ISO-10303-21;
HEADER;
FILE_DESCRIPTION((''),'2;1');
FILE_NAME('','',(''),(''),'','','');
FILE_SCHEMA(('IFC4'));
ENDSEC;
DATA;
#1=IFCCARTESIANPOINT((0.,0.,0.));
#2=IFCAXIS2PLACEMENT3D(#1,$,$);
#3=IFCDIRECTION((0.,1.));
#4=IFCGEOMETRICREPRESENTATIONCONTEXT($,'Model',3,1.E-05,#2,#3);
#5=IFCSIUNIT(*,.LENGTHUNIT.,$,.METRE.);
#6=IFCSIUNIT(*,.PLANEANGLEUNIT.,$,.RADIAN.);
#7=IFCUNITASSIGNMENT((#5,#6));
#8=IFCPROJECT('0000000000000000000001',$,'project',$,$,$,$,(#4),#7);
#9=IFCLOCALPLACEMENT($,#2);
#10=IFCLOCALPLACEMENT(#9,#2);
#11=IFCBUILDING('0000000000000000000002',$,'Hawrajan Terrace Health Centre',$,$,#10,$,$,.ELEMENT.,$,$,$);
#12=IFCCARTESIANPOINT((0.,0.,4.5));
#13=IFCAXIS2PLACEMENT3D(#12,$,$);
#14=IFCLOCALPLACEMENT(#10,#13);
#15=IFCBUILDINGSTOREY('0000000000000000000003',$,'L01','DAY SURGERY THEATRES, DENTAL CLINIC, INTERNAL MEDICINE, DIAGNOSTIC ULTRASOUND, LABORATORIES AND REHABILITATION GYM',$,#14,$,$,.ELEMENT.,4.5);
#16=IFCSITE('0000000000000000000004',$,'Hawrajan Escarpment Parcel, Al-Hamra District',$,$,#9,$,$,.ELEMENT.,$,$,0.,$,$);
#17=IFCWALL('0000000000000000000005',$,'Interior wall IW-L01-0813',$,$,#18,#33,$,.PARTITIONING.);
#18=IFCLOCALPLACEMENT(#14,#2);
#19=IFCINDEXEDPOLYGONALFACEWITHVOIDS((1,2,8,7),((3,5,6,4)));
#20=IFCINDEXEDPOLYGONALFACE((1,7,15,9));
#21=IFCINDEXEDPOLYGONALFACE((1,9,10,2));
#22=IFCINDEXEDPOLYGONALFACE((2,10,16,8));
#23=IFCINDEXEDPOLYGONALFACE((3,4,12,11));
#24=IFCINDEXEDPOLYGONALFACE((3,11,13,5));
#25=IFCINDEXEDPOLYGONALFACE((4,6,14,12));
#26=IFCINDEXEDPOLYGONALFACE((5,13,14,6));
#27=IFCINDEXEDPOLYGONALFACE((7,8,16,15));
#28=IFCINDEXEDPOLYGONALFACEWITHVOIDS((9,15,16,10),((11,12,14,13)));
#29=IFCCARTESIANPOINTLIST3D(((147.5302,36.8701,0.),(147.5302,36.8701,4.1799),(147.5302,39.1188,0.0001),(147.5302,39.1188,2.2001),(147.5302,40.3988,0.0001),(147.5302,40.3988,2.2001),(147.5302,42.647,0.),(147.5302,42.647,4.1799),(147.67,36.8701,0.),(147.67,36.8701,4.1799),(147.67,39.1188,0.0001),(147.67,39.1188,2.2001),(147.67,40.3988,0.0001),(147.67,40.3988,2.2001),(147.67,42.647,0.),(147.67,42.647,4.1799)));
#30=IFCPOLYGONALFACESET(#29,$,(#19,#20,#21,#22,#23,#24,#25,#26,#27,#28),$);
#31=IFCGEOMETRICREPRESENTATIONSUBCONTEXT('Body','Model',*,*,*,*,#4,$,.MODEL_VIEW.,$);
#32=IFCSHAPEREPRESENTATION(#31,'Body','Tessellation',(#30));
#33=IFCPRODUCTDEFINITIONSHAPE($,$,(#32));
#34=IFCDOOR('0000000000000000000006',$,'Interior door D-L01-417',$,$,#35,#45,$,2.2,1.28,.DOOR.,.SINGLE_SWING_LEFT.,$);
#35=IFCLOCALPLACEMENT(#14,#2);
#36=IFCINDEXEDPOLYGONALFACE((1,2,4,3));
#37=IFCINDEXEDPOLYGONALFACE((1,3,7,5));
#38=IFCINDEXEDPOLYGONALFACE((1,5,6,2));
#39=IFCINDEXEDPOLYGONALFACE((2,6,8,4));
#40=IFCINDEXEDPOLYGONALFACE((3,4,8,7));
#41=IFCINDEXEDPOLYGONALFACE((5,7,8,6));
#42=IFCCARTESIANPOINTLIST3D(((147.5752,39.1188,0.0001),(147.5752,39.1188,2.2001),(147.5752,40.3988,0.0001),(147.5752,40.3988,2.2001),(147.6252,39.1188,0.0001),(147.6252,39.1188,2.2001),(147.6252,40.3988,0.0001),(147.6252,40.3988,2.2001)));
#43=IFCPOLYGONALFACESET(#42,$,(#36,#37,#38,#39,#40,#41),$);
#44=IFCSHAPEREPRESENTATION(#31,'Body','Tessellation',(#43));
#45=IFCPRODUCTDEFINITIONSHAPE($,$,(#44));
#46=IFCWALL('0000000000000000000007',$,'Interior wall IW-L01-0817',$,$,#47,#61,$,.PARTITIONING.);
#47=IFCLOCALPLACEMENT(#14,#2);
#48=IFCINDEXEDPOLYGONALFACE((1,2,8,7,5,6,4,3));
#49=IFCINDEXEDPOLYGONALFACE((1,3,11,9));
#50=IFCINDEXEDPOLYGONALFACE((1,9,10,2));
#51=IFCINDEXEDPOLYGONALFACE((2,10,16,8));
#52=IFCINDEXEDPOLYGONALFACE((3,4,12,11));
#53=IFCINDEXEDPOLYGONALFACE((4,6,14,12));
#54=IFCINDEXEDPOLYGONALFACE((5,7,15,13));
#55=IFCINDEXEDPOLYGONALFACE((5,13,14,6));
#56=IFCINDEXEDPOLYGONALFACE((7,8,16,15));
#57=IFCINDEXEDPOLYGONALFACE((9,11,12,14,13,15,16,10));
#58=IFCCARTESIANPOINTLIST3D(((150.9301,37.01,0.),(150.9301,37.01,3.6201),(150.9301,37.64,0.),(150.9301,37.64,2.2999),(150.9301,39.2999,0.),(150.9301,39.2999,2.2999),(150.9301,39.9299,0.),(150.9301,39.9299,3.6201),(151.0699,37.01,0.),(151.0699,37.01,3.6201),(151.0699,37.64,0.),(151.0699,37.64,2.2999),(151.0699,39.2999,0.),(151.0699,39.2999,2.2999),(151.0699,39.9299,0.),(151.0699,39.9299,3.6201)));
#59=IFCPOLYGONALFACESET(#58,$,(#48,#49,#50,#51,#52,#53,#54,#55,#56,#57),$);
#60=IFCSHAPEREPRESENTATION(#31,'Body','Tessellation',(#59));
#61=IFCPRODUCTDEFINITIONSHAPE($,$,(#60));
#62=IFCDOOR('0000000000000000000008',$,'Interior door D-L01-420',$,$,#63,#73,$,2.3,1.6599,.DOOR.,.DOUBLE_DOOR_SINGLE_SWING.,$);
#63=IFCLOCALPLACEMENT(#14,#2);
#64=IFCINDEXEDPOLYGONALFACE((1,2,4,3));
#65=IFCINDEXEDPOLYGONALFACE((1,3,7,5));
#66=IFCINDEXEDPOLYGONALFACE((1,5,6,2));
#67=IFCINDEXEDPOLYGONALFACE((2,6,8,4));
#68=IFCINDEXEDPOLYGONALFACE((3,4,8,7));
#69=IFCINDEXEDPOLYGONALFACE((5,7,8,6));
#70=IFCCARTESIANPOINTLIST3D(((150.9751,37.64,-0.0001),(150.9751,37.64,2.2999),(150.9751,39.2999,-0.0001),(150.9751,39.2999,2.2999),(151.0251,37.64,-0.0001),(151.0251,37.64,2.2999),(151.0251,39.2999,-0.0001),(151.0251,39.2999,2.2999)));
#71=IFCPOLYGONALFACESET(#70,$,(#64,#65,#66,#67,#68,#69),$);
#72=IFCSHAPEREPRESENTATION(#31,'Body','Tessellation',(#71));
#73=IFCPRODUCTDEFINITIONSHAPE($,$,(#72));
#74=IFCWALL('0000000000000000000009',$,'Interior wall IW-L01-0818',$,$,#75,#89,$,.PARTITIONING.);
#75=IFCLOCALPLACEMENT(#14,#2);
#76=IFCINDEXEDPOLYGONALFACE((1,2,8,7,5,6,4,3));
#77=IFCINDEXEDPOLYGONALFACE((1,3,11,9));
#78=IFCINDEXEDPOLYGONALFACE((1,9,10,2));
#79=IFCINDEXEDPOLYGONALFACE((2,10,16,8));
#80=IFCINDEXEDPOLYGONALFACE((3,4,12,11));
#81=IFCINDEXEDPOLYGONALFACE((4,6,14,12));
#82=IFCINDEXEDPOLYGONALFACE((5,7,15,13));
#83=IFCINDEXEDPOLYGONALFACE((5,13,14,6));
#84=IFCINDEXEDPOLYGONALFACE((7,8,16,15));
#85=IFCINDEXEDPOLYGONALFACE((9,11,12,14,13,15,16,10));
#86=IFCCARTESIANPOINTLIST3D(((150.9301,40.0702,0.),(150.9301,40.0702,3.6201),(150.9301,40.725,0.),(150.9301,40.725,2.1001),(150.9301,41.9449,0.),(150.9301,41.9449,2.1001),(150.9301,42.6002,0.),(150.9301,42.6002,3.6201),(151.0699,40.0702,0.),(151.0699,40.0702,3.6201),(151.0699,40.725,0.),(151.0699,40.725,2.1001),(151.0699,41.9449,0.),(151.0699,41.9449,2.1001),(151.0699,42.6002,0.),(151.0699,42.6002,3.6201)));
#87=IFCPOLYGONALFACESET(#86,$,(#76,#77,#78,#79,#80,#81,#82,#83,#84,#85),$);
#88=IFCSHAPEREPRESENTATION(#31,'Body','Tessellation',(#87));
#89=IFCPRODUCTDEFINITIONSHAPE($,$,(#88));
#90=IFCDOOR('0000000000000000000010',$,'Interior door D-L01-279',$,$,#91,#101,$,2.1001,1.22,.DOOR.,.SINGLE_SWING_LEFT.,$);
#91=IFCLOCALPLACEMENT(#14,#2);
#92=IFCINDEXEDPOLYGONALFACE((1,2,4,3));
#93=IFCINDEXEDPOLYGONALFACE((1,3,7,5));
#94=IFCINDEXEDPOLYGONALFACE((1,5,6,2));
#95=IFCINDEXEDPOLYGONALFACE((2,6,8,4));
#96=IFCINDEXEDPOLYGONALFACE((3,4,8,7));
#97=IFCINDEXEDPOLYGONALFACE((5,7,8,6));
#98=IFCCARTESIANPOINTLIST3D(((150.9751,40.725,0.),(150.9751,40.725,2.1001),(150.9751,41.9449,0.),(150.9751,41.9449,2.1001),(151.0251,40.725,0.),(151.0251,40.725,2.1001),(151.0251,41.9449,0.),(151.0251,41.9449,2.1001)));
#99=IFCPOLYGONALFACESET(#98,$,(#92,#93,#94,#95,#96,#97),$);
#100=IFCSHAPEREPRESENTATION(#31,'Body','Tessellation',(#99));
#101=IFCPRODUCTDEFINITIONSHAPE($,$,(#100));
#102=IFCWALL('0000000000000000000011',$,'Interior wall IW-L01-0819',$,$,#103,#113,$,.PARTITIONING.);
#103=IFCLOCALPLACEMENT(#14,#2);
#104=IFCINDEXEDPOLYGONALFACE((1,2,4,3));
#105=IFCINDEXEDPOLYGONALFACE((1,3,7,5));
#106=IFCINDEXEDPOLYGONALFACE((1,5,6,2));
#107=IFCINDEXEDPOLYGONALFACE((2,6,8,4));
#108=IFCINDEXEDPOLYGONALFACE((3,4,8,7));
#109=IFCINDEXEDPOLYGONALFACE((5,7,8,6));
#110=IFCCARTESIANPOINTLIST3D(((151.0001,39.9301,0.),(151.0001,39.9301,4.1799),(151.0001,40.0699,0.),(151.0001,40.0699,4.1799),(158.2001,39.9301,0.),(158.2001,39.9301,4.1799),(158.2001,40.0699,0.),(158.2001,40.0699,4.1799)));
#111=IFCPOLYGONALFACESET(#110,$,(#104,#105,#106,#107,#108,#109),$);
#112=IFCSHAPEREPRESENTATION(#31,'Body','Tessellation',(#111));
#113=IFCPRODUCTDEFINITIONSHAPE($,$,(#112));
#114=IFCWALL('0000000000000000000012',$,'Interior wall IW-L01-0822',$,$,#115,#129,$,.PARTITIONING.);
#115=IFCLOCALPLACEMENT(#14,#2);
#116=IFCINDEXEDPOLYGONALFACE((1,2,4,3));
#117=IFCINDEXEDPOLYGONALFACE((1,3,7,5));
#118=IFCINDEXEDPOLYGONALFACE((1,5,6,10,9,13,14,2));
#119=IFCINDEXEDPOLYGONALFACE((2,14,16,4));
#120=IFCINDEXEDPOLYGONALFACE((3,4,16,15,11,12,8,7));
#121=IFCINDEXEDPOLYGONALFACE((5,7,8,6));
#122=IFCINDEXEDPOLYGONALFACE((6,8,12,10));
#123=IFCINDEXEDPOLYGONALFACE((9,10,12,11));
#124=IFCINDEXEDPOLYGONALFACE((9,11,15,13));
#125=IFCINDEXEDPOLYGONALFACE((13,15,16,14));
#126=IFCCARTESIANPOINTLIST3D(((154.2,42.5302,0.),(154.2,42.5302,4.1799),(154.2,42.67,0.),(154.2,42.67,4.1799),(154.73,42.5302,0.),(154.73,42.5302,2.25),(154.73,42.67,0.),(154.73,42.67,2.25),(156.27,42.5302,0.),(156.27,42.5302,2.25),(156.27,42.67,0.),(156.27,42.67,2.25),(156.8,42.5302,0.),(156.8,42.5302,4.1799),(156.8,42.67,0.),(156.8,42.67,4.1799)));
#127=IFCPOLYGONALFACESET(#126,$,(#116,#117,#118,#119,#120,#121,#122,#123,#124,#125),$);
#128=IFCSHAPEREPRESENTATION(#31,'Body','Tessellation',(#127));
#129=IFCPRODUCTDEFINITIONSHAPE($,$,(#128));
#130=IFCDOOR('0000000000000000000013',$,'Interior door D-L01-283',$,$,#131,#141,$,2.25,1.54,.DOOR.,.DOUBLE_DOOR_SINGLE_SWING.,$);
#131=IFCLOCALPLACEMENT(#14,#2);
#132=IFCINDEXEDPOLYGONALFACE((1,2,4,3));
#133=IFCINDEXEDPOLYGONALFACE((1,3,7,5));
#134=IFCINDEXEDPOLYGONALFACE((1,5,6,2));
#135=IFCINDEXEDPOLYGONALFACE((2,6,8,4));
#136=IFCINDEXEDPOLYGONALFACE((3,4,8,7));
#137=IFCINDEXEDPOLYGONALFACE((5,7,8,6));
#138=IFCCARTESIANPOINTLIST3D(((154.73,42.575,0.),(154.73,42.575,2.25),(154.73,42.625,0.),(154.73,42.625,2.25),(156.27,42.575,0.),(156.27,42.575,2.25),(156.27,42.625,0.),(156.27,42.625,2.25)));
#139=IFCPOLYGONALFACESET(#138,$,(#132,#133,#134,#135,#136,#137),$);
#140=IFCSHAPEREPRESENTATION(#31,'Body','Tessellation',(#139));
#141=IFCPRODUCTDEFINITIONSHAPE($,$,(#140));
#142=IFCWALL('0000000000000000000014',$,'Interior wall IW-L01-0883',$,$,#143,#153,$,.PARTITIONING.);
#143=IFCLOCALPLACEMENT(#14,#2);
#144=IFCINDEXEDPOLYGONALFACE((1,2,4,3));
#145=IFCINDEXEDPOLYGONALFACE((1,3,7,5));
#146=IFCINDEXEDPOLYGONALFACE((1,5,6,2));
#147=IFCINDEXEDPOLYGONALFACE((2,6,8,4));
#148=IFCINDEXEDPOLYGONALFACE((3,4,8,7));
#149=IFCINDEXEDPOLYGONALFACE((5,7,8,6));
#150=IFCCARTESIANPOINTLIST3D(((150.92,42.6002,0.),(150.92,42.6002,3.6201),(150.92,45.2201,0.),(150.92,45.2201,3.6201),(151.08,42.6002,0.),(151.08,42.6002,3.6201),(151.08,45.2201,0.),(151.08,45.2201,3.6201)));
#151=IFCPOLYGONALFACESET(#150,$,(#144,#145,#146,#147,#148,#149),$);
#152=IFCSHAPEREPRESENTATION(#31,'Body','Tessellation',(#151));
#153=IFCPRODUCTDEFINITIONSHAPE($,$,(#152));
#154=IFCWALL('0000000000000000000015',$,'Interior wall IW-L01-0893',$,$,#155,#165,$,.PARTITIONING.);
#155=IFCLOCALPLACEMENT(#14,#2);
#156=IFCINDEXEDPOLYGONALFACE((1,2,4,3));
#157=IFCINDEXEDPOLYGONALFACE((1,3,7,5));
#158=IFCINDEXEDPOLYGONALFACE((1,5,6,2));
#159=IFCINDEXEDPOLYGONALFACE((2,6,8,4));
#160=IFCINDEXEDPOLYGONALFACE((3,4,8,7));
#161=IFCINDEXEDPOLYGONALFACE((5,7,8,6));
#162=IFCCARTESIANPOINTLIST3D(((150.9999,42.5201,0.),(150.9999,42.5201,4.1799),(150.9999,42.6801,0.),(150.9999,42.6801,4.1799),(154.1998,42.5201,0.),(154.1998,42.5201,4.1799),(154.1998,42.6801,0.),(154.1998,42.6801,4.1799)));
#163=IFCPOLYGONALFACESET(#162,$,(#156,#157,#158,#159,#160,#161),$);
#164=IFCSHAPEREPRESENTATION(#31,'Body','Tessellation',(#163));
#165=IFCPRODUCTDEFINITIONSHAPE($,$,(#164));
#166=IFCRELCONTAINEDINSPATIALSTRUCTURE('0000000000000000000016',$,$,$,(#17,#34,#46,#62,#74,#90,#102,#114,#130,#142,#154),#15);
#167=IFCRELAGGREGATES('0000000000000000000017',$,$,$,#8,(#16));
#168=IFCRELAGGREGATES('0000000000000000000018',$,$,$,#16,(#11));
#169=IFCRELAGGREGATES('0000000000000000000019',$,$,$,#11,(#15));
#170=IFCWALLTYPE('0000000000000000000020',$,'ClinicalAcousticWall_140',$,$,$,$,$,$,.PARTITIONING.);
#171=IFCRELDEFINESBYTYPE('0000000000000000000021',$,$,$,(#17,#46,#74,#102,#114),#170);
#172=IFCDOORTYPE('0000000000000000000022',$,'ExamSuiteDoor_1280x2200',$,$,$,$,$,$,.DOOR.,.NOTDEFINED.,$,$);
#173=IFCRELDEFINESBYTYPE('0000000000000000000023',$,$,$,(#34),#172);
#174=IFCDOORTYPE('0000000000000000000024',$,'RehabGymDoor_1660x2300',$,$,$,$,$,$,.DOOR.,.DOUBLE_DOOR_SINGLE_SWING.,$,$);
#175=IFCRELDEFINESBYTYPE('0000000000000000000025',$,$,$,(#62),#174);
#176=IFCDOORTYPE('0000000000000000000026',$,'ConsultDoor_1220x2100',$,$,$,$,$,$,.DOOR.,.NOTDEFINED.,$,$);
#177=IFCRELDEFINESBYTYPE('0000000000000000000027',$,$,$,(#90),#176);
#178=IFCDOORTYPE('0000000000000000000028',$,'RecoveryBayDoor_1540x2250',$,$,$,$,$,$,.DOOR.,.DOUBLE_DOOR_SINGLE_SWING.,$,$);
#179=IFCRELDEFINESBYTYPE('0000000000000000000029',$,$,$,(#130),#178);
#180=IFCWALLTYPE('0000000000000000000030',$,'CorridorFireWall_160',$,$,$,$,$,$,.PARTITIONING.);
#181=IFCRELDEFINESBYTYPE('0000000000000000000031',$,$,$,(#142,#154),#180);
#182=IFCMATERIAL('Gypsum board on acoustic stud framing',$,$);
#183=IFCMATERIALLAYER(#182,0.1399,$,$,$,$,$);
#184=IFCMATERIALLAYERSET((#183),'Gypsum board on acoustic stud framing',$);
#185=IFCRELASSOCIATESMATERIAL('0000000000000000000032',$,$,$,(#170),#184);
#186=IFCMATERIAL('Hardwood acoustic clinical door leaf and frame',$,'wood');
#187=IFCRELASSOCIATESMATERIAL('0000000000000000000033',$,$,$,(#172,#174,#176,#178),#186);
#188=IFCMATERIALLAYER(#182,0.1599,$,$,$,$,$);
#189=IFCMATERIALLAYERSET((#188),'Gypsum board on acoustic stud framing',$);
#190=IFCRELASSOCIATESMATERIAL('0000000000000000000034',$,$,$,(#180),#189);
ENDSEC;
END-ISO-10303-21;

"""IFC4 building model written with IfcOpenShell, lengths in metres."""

from ifc_helpers import new_model, si_unit, direction, frame, frame_2d, origin, place, context, subcontext, project, spatial, rectangle, extrude, material, layer, layer_set, type_object, element, fill, save


model = new_model("IFC4")

# Units and contexts
model_context = context("Model", 3, precision=1e-05, world=origin(), true_north=direction((0.0, 1.0)))
body_context = subcontext(model_context, "Body", "Model", "MODEL_VIEW")
ifc_project = project(units=[si_unit("LENGTHUNIT", "METRE"), si_unit("PLANEANGLEUNIT", "RADIAN")], contexts=[model_context])

# Site, building, storey
site_placement = place(None, origin())
site = spatial("IfcSite", under=ifc_project, at=site_placement, Name="Hawrajan Escarpment Parcel, Al-Hamra District", CompositionType="ELEMENT", RefElevation=0.0)
building_placement = place(site_placement, origin())
building = spatial("IfcBuilding", under=site, at=building_placement, Name="Hawrajan Terrace Health Centre", CompositionType="ELEMENT")
storey_placement = place(building_placement, frame((0.0, 0.0, 4.5)))
storey = spatial("IfcBuildingStorey", under=building, at=storey_placement, Name="L01", Description="DAY SURGERY THEATRES, DENTAL CLINIC, INTERNAL MEDICINE, DIAGNOSTIC ULTRASOUND, LABORATORIES AND REHABILITATION GYM", CompositionType="ELEMENT", Elevation=4.5)

# Shared definitions
ifc_material_1 = material(Name="Gypsum board on acoustic stud framing")
ifc_layer_1 = layer(ifc_material_1, 0.1399)
ifc_layer_set_1 = layer_set([ifc_layer_1], Name="Gypsum board on acoustic stud framing")
wall_type_1 = type_object("IfcWallType", Name="ClinicalAcousticWall_140", PredefinedType="PARTITIONING", material=ifc_layer_set_1)

# Walls, openings, doors
wall_1_placement = place(storey_placement, frame((147.6001, 36.8701, 0.0), z_axis=(0.0, 0.0, 1.0), x_axis=(0.0, 1.0, 0.0)))
wall_1 = element("IfcWall", 1, at=wall_1_placement, inside=storey, type_object=wall_type_1, Name="Interior wall IW-L01-0813", PredefinedType="PARTITIONING", context=body_context, shape_type="SweptSolid", body=[
    extrude(rectangle(XDim=5.7769, YDim=0.1399, at=frame_2d((2.8884, 0.0))), origin(), (0.0, 0.0, 1.0), 4.1799),
])
opening_1_placement = place(wall_1_placement, frame((2.2485, 0.0, 0.0)))
opening_1 = element("IfcOpeningElement", 2, at=opening_1_placement, cuts=wall_1, PredefinedType="OPENING", context=body_context, shape_type="SweptSolid", body=[
    extrude(rectangle(XDim=1.28, YDim=2.2, at=frame_2d((0.6401, 1.1001))), frame((0.0, 0.0798, 0.0), z_axis=(0.0, -1.0, 0.0), x_axis=(1.0, 0.0, 0.0)), (0.0, 0.0, 1.0), 0.1599),
])
ifc_material_2 = material(Name="Hardwood acoustic clinical door leaf and frame", Category="wood")
door_type_1 = type_object("IfcDoorType", Name="ExamSuiteDoor_1280x2200", OperationType="NOTDEFINED", PredefinedType="DOOR", material=ifc_material_2)
door_1_placement = place(opening_1_placement, origin())
door_1 = element("IfcDoor", 3, at=door_1_placement, inside=storey, type_object=door_type_1, Name="Interior door D-L01-417", OperationType="SINGLE_SWING_LEFT", OverallHeight=2.2, OverallWidth=1.28, PredefinedType="DOOR", context=body_context, shape_type="SweptSolid", body=[
    extrude(rectangle(XDim=1.28, YDim=2.2, at=frame_2d((0.6401, 1.1001))), frame((0.0, 0.0249, 0.0), z_axis=(0.0, -1.0, 0.0), x_axis=(1.0, 0.0, 0.0)), (0.0, 0.0, 1.0), 0.05),
])
fill(opening_1, door_1)
wall_2_placement = place(storey_placement, frame((151.0, 37.01, 0.0), z_axis=(0.0, 0.0, 1.0), x_axis=(0.0, 1.0, 0.0)))
wall_2 = element("IfcWall", 4, at=wall_2_placement, inside=storey, type_object=wall_type_1, Name="Interior wall IW-L01-0817", PredefinedType="PARTITIONING", context=body_context, shape_type="SweptSolid", body=[
    extrude(rectangle(XDim=2.9199, YDim=0.1399, at=frame_2d((1.46, 0.0))), origin(), (0.0, 0.0, 1.0), 3.6201),
])
opening_2_placement = place(wall_2_placement, frame((0.6299, 0.0, 0.0)))
opening_2 = element("IfcOpeningElement", 5, at=opening_2_placement, cuts=wall_2, PredefinedType="OPENING", context=body_context, shape_type="SweptSolid", body=[
    extrude(rectangle(XDim=1.6599, YDim=2.3, at=frame_2d((0.8301, 1.1499))), frame((0.0, 0.0798, 0.0), z_axis=(0.0, -1.0, 0.0), x_axis=(1.0, 0.0, 0.0)), (0.0, 0.0, 1.0), 0.1599),
])
door_type_2 = type_object("IfcDoorType", Name="RehabGymDoor_1660x2300", OperationType="DOUBLE_DOOR_SINGLE_SWING", PredefinedType="DOOR", material=ifc_material_2)
door_2_placement = place(opening_2_placement, origin())
door_2 = element("IfcDoor", 6, at=door_2_placement, inside=storey, type_object=door_type_2, Name="Interior door D-L01-420", OperationType="DOUBLE_DOOR_SINGLE_SWING", OverallHeight=2.3, OverallWidth=1.6599, PredefinedType="DOOR", context=body_context, shape_type="SweptSolid", body=[
    extrude(rectangle(XDim=1.6599, YDim=2.3, at=frame_2d((0.8301, 1.1499))), frame((0.0, 0.0249, 0.0), z_axis=(0.0, -1.0, 0.0), x_axis=(1.0, 0.0, 0.0)), (0.0, 0.0, 1.0), 0.05),
])
fill(opening_2, door_2)
wall_3_placement = place(storey_placement, frame((151.0, 40.0701, 0.0), z_axis=(0.0, 0.0, 1.0), x_axis=(0.0, 1.0, 0.0)))
wall_3 = element("IfcWall", 7, at=wall_3_placement, inside=storey, type_object=wall_type_1, Name="Interior wall IW-L01-0818", PredefinedType="PARTITIONING", context=body_context, shape_type="SweptSolid", body=[
    extrude(rectangle(XDim=2.53, YDim=0.1399, at=frame_2d((1.2651, 0.0))), origin(), (0.0, 0.0, 1.0), 3.6201),
])
opening_3_placement = place(wall_3_placement, frame((0.655, 0.0, 0.0)))
opening_3 = element("IfcOpeningElement", 8, at=opening_3_placement, cuts=wall_3, PredefinedType="OPENING", context=body_context, shape_type="SweptSolid", body=[
    extrude(rectangle(XDim=1.22, YDim=2.1001, at=frame_2d((0.6099, 1.05))), frame((0.0, 0.0798, 0.0), z_axis=(0.0, -1.0, 0.0), x_axis=(1.0, 0.0, 0.0)), (0.0, 0.0, 1.0), 0.1599),
])
door_type_3 = type_object("IfcDoorType", Name="ConsultDoor_1220x2100", OperationType="NOTDEFINED", PredefinedType="DOOR", material=ifc_material_2)
door_3_placement = place(opening_3_placement, origin())
door_3 = element("IfcDoor", 9, at=door_3_placement, inside=storey, type_object=door_type_3, Name="Interior door D-L01-279", OperationType="SINGLE_SWING_LEFT", OverallHeight=2.1001, OverallWidth=1.22, PredefinedType="DOOR", context=body_context, shape_type="SweptSolid", body=[
    extrude(rectangle(XDim=1.22, YDim=2.1001, at=frame_2d((0.6099, 1.05))), frame((0.0, 0.0249, 0.0), z_axis=(0.0, -1.0, 0.0), x_axis=(1.0, 0.0, 0.0)), (0.0, 0.0, 1.0), 0.05),
])
fill(opening_3, door_3)

# Wall
wall_4_placement = place(storey_placement, frame((151.0, 40.0, 0.0), z_axis=(0.0, 0.0, 1.0), x_axis=(1.0, 0.0, 0.0)))
element("IfcWall", 10, at=wall_4_placement, inside=storey, type_object=wall_type_1, Name="Interior wall IW-L01-0819", PredefinedType="PARTITIONING", context=body_context, shape_type="SweptSolid", body=[
    extrude(rectangle(XDim=7.2, YDim=0.1399, at=frame_2d((3.6001, 0.0))), origin(), (0.0, 0.0, 1.0), 4.1799),
])

# Wall, opening, door
wall_5_placement = place(storey_placement, frame((154.2, 42.6001, 0.0), z_axis=(0.0, 0.0, 1.0), x_axis=(1.0, 0.0, 0.0)))
wall_5 = element("IfcWall", 11, at=wall_5_placement, inside=storey, type_object=wall_type_1, Name="Interior wall IW-L01-0822", PredefinedType="PARTITIONING", context=body_context, shape_type="SweptSolid", body=[
    extrude(rectangle(XDim=2.6001, YDim=0.1399, at=frame_2d((1.3, 0.0))), origin(), (0.0, 0.0, 1.0), 4.1799),
])
opening_4_placement = place(wall_5_placement, frame((0.53, 0.0, 0.0)))
opening_4 = element("IfcOpeningElement", 12, at=opening_4_placement, cuts=wall_5, PredefinedType="OPENING", context=body_context, shape_type="SweptSolid", body=[
    extrude(rectangle(XDim=1.54, YDim=2.25, at=frame_2d((0.77, 1.125))), frame((0.0, 0.0798, 0.0), z_axis=(0.0, -1.0, 0.0), x_axis=(1.0, 0.0, 0.0)), (0.0, 0.0, 1.0), 0.1599),
])
door_type_4 = type_object("IfcDoorType", Name="RecoveryBayDoor_1540x2250", OperationType="DOUBLE_DOOR_SINGLE_SWING", PredefinedType="DOOR", material=ifc_material_2)
door_4_placement = place(opening_4_placement, origin())
door_4 = element("IfcDoor", 13, at=door_4_placement, inside=storey, type_object=door_type_4, Name="Interior door D-L01-283", OperationType="DOUBLE_DOOR_SINGLE_SWING", OverallHeight=2.25, OverallWidth=1.54, PredefinedType="DOOR", context=body_context, shape_type="SweptSolid", body=[
    extrude(rectangle(XDim=1.54, YDim=2.25, at=frame_2d((0.77, 1.125))), frame((0.0, 0.0249, 0.0), z_axis=(0.0, -1.0, 0.0), x_axis=(1.0, 0.0, 0.0)), (0.0, 0.0, 1.0), 0.05),
])
fill(opening_4, door_4)

# Walls
ifc_layer_2 = layer(ifc_material_1, 0.1599)
ifc_layer_set_2 = layer_set([ifc_layer_2], Name="Gypsum board on acoustic stud framing")
wall_type_2 = type_object("IfcWallType", Name="CorridorFireWall_160", PredefinedType="PARTITIONING", material=ifc_layer_set_2)
wall_6_placement = place(storey_placement, frame((151.0, 42.6001, 0.0), z_axis=(0.0, 0.0, 1.0), x_axis=(0.0, 1.0, 0.0)))
element("IfcWall", 14, at=wall_6_placement, inside=storey, type_object=wall_type_2, Name="Interior wall IW-L01-0883", PredefinedType="PARTITIONING", context=body_context, shape_type="SweptSolid", body=[
    extrude(rectangle(XDim=2.6199, YDim=0.1599, at=frame_2d((1.3101, 0.0))), origin(), (0.0, 0.0, 1.0), 3.6201),
])
wall_7_placement = place(storey_placement, frame((154.2, 42.6001, 0.0), z_axis=(0.0, 0.0, 1.0), x_axis=(-1.0, 0.0, 0.0)))
element("IfcWall", 15, at=wall_7_placement, inside=storey, type_object=wall_type_2, Name="Interior wall IW-L01-0893", PredefinedType="PARTITIONING", context=body_context, shape_type="SweptSolid", body=[
    extrude(rectangle(XDim=3.2, YDim=0.1599, at=frame_2d((1.6001, 0.0))), origin(), (0.0, 0.0, 1.0), 4.1799),
])

save(model, "model.ifc")
